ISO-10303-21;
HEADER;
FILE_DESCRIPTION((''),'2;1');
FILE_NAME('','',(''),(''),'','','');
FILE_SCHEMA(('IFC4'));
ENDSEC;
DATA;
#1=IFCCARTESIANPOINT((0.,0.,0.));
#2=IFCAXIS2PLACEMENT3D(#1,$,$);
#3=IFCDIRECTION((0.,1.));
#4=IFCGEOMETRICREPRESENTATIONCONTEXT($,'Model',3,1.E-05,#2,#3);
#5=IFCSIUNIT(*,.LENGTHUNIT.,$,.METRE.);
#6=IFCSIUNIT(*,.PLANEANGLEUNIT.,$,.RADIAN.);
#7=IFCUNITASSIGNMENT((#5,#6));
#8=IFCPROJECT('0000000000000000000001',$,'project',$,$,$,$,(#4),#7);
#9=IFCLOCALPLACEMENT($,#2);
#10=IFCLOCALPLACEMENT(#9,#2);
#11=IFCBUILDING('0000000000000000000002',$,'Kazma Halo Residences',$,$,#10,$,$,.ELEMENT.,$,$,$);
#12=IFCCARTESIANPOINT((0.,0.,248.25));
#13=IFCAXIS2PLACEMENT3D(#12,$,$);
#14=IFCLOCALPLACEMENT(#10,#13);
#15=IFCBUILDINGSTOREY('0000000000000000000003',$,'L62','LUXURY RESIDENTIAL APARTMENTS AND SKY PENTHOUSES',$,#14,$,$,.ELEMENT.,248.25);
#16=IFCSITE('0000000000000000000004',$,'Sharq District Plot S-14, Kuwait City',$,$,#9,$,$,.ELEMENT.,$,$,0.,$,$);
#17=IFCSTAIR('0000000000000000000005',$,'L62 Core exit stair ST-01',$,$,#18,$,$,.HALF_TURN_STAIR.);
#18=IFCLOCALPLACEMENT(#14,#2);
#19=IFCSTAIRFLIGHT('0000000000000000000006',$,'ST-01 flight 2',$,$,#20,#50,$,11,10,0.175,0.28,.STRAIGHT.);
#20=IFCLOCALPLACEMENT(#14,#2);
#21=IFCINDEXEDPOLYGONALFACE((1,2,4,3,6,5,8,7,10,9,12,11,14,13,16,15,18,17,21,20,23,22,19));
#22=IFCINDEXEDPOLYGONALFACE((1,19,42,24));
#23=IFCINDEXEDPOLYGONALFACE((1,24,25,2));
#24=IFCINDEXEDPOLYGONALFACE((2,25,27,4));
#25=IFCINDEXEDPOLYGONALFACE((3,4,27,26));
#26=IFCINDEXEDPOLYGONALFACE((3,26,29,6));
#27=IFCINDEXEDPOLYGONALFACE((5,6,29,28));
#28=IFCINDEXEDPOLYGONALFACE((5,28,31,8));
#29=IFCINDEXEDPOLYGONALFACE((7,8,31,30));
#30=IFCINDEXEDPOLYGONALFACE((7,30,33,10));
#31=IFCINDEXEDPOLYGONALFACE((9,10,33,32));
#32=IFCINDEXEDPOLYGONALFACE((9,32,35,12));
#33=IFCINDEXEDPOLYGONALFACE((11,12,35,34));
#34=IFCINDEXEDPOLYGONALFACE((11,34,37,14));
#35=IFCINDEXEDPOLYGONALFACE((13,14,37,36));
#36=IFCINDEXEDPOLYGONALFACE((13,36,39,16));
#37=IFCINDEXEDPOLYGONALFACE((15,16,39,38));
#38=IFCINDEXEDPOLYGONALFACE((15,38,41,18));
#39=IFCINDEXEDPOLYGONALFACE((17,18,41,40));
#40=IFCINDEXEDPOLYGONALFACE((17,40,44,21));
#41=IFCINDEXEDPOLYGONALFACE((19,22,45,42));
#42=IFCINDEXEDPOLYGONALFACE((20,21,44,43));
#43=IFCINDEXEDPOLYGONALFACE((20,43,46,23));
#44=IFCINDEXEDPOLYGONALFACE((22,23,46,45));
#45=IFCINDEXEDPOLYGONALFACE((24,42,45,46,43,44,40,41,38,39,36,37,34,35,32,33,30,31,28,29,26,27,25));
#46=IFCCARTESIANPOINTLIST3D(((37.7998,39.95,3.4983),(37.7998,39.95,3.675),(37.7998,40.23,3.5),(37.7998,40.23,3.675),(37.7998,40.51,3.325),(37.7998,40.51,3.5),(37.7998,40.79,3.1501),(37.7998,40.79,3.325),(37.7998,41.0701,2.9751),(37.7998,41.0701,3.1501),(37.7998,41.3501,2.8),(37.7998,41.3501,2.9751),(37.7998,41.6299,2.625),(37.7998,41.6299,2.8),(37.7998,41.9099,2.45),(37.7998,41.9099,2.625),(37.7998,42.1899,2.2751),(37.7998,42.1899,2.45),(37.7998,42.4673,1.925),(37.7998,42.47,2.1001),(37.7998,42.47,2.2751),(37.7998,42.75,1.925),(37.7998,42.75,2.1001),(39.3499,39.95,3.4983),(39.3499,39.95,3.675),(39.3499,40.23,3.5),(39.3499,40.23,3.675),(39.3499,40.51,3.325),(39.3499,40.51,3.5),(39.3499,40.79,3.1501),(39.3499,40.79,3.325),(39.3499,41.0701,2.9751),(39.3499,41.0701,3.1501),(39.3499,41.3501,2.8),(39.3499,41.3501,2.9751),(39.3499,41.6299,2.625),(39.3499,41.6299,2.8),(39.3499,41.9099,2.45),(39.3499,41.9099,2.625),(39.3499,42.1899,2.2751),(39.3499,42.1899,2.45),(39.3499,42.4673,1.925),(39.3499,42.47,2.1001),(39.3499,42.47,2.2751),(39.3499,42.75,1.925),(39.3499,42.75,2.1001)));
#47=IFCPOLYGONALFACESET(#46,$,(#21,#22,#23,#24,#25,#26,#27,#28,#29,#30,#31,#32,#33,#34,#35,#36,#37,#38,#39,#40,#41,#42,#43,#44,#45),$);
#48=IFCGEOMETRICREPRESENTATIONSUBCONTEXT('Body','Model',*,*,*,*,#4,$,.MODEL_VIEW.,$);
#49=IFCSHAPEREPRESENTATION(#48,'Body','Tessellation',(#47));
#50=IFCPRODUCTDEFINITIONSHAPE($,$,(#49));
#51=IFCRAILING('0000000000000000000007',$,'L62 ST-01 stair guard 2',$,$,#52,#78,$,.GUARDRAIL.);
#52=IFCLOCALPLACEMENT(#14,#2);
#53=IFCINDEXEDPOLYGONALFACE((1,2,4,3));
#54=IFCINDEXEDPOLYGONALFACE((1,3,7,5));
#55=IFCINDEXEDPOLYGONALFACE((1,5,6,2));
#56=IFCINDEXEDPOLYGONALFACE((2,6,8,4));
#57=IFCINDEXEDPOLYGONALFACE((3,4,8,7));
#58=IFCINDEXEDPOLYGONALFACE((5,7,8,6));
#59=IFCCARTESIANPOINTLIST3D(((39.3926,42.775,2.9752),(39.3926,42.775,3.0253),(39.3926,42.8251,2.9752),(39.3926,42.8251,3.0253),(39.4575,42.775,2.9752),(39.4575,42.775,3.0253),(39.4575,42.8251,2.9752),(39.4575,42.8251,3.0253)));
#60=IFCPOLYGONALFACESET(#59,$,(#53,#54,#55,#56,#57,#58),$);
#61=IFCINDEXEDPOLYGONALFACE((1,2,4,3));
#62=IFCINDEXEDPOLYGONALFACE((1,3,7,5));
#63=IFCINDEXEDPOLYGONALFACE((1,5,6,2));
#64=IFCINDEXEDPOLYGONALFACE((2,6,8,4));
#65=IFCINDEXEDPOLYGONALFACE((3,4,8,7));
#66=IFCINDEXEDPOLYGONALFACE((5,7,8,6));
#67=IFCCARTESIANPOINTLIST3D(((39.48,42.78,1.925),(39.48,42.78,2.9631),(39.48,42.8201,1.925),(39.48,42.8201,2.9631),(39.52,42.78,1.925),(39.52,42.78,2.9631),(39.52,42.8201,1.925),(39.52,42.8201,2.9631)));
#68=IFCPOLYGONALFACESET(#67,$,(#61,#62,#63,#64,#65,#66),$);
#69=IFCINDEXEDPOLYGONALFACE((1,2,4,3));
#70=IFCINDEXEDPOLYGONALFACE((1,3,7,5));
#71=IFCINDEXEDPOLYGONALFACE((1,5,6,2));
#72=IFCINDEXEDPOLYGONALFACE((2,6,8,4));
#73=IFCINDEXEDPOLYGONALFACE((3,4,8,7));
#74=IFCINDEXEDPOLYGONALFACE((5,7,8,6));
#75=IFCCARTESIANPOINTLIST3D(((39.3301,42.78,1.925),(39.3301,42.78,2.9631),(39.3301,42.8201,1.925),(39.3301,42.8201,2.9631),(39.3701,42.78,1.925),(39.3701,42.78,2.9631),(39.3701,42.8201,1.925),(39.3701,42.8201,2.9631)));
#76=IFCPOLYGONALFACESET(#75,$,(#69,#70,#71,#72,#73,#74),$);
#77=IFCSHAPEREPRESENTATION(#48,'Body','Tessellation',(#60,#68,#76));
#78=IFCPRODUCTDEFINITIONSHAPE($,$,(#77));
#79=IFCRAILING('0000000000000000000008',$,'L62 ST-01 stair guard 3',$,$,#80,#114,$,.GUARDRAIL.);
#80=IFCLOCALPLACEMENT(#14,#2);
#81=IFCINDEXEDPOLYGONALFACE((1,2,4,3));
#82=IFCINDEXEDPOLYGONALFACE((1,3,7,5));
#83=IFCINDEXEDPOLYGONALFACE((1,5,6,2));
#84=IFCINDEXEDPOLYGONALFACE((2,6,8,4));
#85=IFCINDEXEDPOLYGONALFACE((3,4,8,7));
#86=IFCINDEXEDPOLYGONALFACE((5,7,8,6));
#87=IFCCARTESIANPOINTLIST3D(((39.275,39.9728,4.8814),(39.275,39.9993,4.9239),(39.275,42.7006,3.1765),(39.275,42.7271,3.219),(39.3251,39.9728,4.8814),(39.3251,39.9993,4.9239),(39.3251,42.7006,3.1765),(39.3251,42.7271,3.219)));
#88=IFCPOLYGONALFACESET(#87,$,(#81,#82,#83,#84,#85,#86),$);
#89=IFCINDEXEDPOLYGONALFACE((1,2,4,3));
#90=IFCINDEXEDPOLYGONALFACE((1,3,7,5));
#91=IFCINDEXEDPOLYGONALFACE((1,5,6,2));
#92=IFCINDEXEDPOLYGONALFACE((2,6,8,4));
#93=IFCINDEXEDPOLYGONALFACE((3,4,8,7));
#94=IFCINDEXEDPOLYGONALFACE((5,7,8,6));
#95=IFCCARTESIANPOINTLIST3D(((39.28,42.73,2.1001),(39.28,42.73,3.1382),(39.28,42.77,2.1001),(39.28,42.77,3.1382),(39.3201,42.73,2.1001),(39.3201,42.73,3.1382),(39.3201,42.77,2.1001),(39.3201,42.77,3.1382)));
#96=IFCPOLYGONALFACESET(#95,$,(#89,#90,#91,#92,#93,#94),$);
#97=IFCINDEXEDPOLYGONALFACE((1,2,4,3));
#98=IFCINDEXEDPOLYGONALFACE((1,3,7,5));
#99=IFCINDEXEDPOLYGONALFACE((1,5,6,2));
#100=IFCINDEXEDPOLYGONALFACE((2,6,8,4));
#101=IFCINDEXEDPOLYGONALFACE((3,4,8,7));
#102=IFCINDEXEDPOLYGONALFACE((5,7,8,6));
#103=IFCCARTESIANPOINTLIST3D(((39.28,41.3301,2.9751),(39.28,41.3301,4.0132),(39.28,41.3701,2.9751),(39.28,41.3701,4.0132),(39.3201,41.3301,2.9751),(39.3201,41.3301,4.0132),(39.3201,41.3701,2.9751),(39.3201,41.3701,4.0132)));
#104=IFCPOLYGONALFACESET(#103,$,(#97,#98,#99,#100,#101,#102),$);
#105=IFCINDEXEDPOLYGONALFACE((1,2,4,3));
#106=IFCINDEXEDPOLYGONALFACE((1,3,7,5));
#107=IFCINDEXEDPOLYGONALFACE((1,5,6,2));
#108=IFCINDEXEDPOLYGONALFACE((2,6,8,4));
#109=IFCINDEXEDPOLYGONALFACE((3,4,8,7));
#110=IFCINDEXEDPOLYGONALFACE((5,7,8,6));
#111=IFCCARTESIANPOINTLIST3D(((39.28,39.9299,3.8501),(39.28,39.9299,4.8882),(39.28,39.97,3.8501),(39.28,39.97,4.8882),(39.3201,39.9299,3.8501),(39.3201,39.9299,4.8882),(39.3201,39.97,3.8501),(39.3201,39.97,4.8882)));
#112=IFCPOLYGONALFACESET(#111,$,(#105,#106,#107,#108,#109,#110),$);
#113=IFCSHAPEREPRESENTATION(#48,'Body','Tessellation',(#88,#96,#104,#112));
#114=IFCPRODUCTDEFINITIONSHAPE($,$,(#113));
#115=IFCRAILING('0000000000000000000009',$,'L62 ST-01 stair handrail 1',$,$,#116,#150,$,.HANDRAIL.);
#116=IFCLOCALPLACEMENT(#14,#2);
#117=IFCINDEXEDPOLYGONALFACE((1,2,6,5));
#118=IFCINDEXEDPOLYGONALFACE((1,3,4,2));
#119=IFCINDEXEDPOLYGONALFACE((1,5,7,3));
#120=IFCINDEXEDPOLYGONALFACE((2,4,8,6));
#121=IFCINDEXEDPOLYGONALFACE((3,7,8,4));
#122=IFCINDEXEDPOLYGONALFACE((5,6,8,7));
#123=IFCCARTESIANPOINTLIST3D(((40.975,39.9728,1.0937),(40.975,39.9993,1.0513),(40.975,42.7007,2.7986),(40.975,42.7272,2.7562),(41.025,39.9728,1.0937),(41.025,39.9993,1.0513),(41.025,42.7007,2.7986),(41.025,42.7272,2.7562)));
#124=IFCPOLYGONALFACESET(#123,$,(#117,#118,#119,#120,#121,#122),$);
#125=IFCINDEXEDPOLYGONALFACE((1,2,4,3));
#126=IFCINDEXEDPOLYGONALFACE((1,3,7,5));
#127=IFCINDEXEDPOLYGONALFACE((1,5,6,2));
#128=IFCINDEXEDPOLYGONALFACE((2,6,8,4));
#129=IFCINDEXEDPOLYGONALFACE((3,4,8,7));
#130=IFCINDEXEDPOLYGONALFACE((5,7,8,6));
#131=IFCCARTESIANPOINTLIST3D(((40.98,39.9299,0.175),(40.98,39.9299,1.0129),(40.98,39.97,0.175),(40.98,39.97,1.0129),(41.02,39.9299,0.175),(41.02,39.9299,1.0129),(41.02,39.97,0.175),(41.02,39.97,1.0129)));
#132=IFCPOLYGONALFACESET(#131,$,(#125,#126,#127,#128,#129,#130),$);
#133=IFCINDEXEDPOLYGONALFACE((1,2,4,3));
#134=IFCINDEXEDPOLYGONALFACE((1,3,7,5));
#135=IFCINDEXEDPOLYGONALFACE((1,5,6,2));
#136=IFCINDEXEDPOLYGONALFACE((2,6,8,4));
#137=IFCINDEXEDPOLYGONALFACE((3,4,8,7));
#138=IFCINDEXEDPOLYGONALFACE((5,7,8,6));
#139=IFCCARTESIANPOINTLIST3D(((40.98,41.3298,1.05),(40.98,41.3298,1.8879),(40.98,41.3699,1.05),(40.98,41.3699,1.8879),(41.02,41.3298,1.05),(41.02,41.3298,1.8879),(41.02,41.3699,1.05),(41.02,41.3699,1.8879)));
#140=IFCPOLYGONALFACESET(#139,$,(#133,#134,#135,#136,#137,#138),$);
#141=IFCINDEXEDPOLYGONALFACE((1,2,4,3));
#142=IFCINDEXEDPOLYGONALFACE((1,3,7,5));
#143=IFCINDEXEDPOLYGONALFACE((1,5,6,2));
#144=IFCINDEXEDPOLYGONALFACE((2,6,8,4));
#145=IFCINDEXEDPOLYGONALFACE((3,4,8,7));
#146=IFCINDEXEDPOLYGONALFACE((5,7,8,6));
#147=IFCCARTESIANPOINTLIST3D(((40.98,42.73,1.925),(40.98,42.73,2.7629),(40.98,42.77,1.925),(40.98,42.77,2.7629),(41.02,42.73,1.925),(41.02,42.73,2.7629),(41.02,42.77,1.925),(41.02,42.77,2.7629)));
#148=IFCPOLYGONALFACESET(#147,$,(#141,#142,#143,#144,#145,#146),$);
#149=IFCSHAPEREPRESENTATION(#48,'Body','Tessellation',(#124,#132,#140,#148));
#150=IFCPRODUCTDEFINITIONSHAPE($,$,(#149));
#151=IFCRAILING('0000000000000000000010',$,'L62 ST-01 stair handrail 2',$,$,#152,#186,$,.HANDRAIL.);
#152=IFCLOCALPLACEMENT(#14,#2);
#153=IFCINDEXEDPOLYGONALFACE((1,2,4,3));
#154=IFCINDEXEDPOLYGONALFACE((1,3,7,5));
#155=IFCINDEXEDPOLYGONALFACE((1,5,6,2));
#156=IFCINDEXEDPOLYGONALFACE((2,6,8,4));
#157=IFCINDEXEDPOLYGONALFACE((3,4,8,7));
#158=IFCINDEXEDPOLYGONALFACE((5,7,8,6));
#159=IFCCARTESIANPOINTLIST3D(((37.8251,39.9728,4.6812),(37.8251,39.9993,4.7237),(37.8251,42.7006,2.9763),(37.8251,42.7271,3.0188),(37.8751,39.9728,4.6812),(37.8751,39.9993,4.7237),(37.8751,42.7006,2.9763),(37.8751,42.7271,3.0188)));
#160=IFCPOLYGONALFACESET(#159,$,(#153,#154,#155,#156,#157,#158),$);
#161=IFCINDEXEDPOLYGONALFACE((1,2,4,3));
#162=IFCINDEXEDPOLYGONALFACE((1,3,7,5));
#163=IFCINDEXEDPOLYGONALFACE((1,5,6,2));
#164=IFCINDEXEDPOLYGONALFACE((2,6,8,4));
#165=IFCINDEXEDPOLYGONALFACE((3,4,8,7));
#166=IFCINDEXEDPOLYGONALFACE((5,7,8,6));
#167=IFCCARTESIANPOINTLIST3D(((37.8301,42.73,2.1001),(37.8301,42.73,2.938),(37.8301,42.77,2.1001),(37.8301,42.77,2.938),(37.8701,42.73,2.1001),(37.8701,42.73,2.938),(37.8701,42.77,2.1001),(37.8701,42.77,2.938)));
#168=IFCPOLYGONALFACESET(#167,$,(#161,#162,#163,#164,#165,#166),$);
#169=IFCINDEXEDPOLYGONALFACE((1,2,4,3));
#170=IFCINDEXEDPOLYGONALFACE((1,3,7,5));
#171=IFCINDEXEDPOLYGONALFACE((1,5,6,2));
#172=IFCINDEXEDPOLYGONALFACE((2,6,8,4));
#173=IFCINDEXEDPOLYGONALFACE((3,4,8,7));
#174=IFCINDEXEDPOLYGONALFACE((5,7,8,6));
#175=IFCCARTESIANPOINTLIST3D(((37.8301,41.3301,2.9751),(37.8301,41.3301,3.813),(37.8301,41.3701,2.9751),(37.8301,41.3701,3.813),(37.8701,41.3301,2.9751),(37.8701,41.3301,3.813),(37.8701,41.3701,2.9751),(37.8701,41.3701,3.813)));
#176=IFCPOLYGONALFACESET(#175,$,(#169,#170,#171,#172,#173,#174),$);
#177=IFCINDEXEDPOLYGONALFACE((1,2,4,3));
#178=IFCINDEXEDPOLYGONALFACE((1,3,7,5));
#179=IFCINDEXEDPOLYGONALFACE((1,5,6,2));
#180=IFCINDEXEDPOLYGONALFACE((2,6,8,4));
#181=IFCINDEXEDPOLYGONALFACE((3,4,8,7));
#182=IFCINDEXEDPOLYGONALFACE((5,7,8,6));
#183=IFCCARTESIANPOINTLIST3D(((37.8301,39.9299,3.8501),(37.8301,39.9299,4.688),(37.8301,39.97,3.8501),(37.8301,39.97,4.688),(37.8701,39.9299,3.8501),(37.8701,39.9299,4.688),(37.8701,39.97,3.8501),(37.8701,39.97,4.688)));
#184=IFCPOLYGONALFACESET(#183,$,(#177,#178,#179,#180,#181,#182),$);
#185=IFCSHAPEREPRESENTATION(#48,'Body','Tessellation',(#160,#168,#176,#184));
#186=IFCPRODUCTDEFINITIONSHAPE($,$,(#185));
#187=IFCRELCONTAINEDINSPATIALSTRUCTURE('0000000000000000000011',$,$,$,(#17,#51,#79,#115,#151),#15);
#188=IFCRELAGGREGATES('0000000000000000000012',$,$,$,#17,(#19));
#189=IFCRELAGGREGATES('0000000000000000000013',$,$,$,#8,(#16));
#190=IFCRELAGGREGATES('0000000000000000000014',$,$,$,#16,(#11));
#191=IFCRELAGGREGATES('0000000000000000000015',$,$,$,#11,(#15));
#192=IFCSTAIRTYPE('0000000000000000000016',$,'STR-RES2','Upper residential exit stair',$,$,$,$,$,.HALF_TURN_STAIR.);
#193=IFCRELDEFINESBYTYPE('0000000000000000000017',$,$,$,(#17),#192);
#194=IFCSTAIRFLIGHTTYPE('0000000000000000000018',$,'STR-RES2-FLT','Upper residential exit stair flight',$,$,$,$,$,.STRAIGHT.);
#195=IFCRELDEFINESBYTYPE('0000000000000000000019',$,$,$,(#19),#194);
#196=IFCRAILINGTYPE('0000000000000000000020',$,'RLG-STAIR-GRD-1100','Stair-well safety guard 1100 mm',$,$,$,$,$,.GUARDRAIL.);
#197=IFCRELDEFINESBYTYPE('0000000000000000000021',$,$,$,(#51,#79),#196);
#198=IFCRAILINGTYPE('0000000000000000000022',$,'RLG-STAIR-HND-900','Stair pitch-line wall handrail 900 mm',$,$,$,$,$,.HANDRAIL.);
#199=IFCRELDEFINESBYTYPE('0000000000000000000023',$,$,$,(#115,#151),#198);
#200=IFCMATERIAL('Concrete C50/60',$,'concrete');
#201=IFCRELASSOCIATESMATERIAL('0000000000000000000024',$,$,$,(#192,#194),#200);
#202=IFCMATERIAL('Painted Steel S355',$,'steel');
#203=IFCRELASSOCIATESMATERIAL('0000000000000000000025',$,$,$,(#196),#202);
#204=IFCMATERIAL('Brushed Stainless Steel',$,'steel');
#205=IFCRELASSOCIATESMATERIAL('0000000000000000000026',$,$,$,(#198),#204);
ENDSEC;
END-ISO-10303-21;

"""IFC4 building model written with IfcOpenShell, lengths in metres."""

from ifc_helpers import new_model, si_unit, direction, frame, origin, origin_2d, place, context, subcontext, project, spatial, polyline, rectangle, outline, extrude, material, type_object, element, aggregate, save


model = new_model("IFC4")

# Units and contexts
model_context = context("Model", 3, precision=1e-05, world=origin(), true_north=direction((0.0, 1.0)))
body_context = subcontext(model_context, "Body", "Model", "MODEL_VIEW")
ifc_project = project(units=[si_unit("LENGTHUNIT", "METRE"), si_unit("PLANEANGLEUNIT", "RADIAN")], contexts=[model_context])

# Site, building, storey
site_placement = place(None, origin())
site = spatial("IfcSite", under=ifc_project, at=site_placement, Name="Sharq District Plot S-14, Kuwait City", CompositionType="ELEMENT", RefElevation=0.0)
building_placement = place(site_placement, origin())
building = spatial("IfcBuilding", under=site, at=building_placement, Name="Kazma Halo Residences", CompositionType="ELEMENT")
storey_placement = place(building_placement, frame((0.0, 0.0, 248.25)))
storey = spatial("IfcBuildingStorey", under=building, at=storey_placement, Name="L62", Description="LUXURY RESIDENTIAL APARTMENTS AND SKY PENTHOUSES", CompositionType="ELEMENT", Elevation=248.25)

# Stair, stair flight
ifc_material_1 = material(Name="Concrete C50/60", Category="concrete")
stair_type = type_object("IfcStairType", Name="STR-RES2", Description="Upper residential exit stair", PredefinedType="HALF_TURN_STAIR", material=ifc_material_1)
stair_placement = place(storey_placement, origin())
stair = element("IfcStair", 1, at=stair_placement, inside=storey, type_object=stair_type, Name="L62 Core exit stair ST-01", PredefinedType="HALF_TURN_STAIR")
stair_flight_type = type_object("IfcStairFlightType", Name="STR-RES2-FLT", Description="Upper residential exit stair flight", PredefinedType="STRAIGHT", material=ifc_material_1)
stair_flight_placement = place(storey_placement, frame((38.575, 42.75, 1.925), z_axis=(0.0, 0.0, 1.0), x_axis=(0.0, -1.0, 0.0)))
stair_flight = element("IfcStairFlight", 2, at=stair_flight_placement, type_object=stair_flight_type, Name="ST-01 flight 2", NumberOfRisers=11, NumberOfTreads=10, PredefinedType="STRAIGHT", RiserHeight=0.175, TreadLength=0.28, context=body_context, shape_type="SweptSolid", body=[
    extrude(outline(polyline([(0.0, 0.0), (0.0, 0.175), (0.28, 0.175), (0.28, 0.3501), (0.5601, 0.3501), (0.5601, 0.5249), (0.8401, 0.5249), (0.8401, 0.7), (1.1201, 0.7), (1.1201, 0.875), (1.3999, 0.875), (1.3999, 1.05), (1.6799, 1.05), (1.6799, 1.2251), (1.96, 1.2251), (1.96, 1.3999), (2.24, 1.3999), (2.24, 1.575), (2.52, 1.575), (2.52, 1.75), (2.8, 1.75), (2.8, 1.925), (2.8, 1.5732), (0.2827, 0.0), (0.0, 0.0)])), frame((0.0, 0.7749, 0.0), z_axis=(0.0, -1.0, 0.0), x_axis=(1.0, 0.0, 0.0)), (0.0, 0.0, 1.0), 1.55),
])
aggregate(stair, [stair_flight])

# Railings
ifc_material_2 = material(Name="Painted Steel S355", Category="steel")
railing_type_1 = type_object("IfcRailingType", Name="RLG-STAIR-GRD-1100", Description="Stair-well safety guard 1100 mm", PredefinedType="GUARDRAIL", material=ifc_material_2)
railing_1_placement = place(storey_placement, frame((39.5, 42.8, 1.925)))
element("IfcRailing", 3, at=railing_1_placement, inside=storey, type_object=railing_type_1, Name="L62 ST-01 stair guard 2", PredefinedType="GUARDRAIL", context=body_context, shape_type="SweptSolid", body=[
    extrude(rectangle(XDim=0.05, YDim=0.05, at=origin_2d()), frame((-0.0425, 0.0, 1.0752), z_axis=(-1.0, 0.0, 0.0), x_axis=(0.0, -1.0, 0.0)), (0.0, 0.0, 1.0), 0.0649),
    extrude(rectangle(XDim=0.04, YDim=0.04, at=origin_2d()), origin(), (0.0, 0.0, 1.0), 1.0381),
    extrude(rectangle(XDim=0.04, YDim=0.04, at=origin_2d()), frame((-0.1499, 0.0, 0.0)), (0.0, 0.0, 1.0), 1.0381),
])
railing_2_placement = place(storey_placement, frame((39.3, 42.75, 2.1001)))
element("IfcRailing", 4, at=railing_2_placement, inside=storey, type_object=railing_type_1, Name="L62 ST-01 stair guard 3", PredefinedType="GUARDRAIL", context=body_context, shape_type="SweptSolid", body=[
    extrude(rectangle(XDim=0.05, YDim=0.05, at=origin_2d()), frame((0.0, -0.0361, 1.0977), z_axis=(0.0, -0.848002, 0.529992), x_axis=(1.0, 0.0, 0.0)), (0.0, 0.0, 1.0), 3.2168),
    extrude(rectangle(XDim=0.04, YDim=0.04, at=origin_2d()), origin(), (0.0, 0.0, 1.0), 1.0381),
    extrude(rectangle(XDim=0.04, YDim=0.04, at=origin_2d()), frame((0.0, -1.3999, 0.875)), (0.0, 0.0, 1.0), 1.0381),
    extrude(rectangle(XDim=0.04, YDim=0.04, at=origin_2d()), frame((0.0, -2.8, 1.75)), (0.0, 0.0, 1.0), 1.0381),
])
ifc_material_3 = material(Name="Brushed Stainless Steel", Category="steel")
railing_type_2 = type_object("IfcRailingType", Name="RLG-STAIR-HND-900", Description="Stair pitch-line wall handrail 900 mm", PredefinedType="HANDRAIL", material=ifc_material_3)
railing_3_placement = place(storey_placement, frame((41.0, 39.95, 0.175)))
element("IfcRailing", 5, at=railing_3_placement, inside=storey, type_object=railing_type_2, Name="L62 ST-01 stair handrail 1", PredefinedType="HANDRAIL", context=body_context, shape_type="SweptSolid", body=[
    extrude(rectangle(XDim=0.05, YDim=0.05, at=origin_2d()), frame((0.0, 0.0361, 0.8975), z_axis=(0.0, 0.848002, 0.529992), x_axis=(-1.0, 0.0, 0.0)), (0.0, 0.0, 1.0), 3.2168),
    extrude(rectangle(XDim=0.04, YDim=0.04, at=origin_2d()), origin(), (0.0, 0.0, 1.0), 0.8379),
    extrude(rectangle(XDim=0.04, YDim=0.04, at=origin_2d()), frame((0.0, 1.3999, 0.875)), (0.0, 0.0, 1.0), 0.8379),
    extrude(rectangle(XDim=0.04, YDim=0.04, at=origin_2d()), frame((0.0, 2.8, 1.75)), (0.0, 0.0, 1.0), 0.8379),
])
railing_4_placement = place(storey_placement, frame((37.8501, 42.75, 2.1001)))
element("IfcRailing", 6, at=railing_4_placement, inside=storey, type_object=railing_type_2, Name="L62 ST-01 stair handrail 2", PredefinedType="HANDRAIL", context=body_context, shape_type="SweptSolid", body=[
    extrude(rectangle(XDim=0.05, YDim=0.05, at=origin_2d()), frame((0.0, -0.0361, 0.8975), z_axis=(0.0, -0.848002, 0.529992), x_axis=(1.0, 0.0, 0.0)), (0.0, 0.0, 1.0), 3.2168),
    extrude(rectangle(XDim=0.04, YDim=0.04, at=origin_2d()), origin(), (0.0, 0.0, 1.0), 0.8379),
    extrude(rectangle(XDim=0.04, YDim=0.04, at=origin_2d()), frame((0.0, -1.3999, 0.875)), (0.0, 0.0, 1.0), 0.8379),
    extrude(rectangle(XDim=0.04, YDim=0.04, at=origin_2d()), frame((0.0, -2.8, 1.75)), (0.0, 0.0, 1.0), 0.8379),
])

save(model, "model.ifc")
